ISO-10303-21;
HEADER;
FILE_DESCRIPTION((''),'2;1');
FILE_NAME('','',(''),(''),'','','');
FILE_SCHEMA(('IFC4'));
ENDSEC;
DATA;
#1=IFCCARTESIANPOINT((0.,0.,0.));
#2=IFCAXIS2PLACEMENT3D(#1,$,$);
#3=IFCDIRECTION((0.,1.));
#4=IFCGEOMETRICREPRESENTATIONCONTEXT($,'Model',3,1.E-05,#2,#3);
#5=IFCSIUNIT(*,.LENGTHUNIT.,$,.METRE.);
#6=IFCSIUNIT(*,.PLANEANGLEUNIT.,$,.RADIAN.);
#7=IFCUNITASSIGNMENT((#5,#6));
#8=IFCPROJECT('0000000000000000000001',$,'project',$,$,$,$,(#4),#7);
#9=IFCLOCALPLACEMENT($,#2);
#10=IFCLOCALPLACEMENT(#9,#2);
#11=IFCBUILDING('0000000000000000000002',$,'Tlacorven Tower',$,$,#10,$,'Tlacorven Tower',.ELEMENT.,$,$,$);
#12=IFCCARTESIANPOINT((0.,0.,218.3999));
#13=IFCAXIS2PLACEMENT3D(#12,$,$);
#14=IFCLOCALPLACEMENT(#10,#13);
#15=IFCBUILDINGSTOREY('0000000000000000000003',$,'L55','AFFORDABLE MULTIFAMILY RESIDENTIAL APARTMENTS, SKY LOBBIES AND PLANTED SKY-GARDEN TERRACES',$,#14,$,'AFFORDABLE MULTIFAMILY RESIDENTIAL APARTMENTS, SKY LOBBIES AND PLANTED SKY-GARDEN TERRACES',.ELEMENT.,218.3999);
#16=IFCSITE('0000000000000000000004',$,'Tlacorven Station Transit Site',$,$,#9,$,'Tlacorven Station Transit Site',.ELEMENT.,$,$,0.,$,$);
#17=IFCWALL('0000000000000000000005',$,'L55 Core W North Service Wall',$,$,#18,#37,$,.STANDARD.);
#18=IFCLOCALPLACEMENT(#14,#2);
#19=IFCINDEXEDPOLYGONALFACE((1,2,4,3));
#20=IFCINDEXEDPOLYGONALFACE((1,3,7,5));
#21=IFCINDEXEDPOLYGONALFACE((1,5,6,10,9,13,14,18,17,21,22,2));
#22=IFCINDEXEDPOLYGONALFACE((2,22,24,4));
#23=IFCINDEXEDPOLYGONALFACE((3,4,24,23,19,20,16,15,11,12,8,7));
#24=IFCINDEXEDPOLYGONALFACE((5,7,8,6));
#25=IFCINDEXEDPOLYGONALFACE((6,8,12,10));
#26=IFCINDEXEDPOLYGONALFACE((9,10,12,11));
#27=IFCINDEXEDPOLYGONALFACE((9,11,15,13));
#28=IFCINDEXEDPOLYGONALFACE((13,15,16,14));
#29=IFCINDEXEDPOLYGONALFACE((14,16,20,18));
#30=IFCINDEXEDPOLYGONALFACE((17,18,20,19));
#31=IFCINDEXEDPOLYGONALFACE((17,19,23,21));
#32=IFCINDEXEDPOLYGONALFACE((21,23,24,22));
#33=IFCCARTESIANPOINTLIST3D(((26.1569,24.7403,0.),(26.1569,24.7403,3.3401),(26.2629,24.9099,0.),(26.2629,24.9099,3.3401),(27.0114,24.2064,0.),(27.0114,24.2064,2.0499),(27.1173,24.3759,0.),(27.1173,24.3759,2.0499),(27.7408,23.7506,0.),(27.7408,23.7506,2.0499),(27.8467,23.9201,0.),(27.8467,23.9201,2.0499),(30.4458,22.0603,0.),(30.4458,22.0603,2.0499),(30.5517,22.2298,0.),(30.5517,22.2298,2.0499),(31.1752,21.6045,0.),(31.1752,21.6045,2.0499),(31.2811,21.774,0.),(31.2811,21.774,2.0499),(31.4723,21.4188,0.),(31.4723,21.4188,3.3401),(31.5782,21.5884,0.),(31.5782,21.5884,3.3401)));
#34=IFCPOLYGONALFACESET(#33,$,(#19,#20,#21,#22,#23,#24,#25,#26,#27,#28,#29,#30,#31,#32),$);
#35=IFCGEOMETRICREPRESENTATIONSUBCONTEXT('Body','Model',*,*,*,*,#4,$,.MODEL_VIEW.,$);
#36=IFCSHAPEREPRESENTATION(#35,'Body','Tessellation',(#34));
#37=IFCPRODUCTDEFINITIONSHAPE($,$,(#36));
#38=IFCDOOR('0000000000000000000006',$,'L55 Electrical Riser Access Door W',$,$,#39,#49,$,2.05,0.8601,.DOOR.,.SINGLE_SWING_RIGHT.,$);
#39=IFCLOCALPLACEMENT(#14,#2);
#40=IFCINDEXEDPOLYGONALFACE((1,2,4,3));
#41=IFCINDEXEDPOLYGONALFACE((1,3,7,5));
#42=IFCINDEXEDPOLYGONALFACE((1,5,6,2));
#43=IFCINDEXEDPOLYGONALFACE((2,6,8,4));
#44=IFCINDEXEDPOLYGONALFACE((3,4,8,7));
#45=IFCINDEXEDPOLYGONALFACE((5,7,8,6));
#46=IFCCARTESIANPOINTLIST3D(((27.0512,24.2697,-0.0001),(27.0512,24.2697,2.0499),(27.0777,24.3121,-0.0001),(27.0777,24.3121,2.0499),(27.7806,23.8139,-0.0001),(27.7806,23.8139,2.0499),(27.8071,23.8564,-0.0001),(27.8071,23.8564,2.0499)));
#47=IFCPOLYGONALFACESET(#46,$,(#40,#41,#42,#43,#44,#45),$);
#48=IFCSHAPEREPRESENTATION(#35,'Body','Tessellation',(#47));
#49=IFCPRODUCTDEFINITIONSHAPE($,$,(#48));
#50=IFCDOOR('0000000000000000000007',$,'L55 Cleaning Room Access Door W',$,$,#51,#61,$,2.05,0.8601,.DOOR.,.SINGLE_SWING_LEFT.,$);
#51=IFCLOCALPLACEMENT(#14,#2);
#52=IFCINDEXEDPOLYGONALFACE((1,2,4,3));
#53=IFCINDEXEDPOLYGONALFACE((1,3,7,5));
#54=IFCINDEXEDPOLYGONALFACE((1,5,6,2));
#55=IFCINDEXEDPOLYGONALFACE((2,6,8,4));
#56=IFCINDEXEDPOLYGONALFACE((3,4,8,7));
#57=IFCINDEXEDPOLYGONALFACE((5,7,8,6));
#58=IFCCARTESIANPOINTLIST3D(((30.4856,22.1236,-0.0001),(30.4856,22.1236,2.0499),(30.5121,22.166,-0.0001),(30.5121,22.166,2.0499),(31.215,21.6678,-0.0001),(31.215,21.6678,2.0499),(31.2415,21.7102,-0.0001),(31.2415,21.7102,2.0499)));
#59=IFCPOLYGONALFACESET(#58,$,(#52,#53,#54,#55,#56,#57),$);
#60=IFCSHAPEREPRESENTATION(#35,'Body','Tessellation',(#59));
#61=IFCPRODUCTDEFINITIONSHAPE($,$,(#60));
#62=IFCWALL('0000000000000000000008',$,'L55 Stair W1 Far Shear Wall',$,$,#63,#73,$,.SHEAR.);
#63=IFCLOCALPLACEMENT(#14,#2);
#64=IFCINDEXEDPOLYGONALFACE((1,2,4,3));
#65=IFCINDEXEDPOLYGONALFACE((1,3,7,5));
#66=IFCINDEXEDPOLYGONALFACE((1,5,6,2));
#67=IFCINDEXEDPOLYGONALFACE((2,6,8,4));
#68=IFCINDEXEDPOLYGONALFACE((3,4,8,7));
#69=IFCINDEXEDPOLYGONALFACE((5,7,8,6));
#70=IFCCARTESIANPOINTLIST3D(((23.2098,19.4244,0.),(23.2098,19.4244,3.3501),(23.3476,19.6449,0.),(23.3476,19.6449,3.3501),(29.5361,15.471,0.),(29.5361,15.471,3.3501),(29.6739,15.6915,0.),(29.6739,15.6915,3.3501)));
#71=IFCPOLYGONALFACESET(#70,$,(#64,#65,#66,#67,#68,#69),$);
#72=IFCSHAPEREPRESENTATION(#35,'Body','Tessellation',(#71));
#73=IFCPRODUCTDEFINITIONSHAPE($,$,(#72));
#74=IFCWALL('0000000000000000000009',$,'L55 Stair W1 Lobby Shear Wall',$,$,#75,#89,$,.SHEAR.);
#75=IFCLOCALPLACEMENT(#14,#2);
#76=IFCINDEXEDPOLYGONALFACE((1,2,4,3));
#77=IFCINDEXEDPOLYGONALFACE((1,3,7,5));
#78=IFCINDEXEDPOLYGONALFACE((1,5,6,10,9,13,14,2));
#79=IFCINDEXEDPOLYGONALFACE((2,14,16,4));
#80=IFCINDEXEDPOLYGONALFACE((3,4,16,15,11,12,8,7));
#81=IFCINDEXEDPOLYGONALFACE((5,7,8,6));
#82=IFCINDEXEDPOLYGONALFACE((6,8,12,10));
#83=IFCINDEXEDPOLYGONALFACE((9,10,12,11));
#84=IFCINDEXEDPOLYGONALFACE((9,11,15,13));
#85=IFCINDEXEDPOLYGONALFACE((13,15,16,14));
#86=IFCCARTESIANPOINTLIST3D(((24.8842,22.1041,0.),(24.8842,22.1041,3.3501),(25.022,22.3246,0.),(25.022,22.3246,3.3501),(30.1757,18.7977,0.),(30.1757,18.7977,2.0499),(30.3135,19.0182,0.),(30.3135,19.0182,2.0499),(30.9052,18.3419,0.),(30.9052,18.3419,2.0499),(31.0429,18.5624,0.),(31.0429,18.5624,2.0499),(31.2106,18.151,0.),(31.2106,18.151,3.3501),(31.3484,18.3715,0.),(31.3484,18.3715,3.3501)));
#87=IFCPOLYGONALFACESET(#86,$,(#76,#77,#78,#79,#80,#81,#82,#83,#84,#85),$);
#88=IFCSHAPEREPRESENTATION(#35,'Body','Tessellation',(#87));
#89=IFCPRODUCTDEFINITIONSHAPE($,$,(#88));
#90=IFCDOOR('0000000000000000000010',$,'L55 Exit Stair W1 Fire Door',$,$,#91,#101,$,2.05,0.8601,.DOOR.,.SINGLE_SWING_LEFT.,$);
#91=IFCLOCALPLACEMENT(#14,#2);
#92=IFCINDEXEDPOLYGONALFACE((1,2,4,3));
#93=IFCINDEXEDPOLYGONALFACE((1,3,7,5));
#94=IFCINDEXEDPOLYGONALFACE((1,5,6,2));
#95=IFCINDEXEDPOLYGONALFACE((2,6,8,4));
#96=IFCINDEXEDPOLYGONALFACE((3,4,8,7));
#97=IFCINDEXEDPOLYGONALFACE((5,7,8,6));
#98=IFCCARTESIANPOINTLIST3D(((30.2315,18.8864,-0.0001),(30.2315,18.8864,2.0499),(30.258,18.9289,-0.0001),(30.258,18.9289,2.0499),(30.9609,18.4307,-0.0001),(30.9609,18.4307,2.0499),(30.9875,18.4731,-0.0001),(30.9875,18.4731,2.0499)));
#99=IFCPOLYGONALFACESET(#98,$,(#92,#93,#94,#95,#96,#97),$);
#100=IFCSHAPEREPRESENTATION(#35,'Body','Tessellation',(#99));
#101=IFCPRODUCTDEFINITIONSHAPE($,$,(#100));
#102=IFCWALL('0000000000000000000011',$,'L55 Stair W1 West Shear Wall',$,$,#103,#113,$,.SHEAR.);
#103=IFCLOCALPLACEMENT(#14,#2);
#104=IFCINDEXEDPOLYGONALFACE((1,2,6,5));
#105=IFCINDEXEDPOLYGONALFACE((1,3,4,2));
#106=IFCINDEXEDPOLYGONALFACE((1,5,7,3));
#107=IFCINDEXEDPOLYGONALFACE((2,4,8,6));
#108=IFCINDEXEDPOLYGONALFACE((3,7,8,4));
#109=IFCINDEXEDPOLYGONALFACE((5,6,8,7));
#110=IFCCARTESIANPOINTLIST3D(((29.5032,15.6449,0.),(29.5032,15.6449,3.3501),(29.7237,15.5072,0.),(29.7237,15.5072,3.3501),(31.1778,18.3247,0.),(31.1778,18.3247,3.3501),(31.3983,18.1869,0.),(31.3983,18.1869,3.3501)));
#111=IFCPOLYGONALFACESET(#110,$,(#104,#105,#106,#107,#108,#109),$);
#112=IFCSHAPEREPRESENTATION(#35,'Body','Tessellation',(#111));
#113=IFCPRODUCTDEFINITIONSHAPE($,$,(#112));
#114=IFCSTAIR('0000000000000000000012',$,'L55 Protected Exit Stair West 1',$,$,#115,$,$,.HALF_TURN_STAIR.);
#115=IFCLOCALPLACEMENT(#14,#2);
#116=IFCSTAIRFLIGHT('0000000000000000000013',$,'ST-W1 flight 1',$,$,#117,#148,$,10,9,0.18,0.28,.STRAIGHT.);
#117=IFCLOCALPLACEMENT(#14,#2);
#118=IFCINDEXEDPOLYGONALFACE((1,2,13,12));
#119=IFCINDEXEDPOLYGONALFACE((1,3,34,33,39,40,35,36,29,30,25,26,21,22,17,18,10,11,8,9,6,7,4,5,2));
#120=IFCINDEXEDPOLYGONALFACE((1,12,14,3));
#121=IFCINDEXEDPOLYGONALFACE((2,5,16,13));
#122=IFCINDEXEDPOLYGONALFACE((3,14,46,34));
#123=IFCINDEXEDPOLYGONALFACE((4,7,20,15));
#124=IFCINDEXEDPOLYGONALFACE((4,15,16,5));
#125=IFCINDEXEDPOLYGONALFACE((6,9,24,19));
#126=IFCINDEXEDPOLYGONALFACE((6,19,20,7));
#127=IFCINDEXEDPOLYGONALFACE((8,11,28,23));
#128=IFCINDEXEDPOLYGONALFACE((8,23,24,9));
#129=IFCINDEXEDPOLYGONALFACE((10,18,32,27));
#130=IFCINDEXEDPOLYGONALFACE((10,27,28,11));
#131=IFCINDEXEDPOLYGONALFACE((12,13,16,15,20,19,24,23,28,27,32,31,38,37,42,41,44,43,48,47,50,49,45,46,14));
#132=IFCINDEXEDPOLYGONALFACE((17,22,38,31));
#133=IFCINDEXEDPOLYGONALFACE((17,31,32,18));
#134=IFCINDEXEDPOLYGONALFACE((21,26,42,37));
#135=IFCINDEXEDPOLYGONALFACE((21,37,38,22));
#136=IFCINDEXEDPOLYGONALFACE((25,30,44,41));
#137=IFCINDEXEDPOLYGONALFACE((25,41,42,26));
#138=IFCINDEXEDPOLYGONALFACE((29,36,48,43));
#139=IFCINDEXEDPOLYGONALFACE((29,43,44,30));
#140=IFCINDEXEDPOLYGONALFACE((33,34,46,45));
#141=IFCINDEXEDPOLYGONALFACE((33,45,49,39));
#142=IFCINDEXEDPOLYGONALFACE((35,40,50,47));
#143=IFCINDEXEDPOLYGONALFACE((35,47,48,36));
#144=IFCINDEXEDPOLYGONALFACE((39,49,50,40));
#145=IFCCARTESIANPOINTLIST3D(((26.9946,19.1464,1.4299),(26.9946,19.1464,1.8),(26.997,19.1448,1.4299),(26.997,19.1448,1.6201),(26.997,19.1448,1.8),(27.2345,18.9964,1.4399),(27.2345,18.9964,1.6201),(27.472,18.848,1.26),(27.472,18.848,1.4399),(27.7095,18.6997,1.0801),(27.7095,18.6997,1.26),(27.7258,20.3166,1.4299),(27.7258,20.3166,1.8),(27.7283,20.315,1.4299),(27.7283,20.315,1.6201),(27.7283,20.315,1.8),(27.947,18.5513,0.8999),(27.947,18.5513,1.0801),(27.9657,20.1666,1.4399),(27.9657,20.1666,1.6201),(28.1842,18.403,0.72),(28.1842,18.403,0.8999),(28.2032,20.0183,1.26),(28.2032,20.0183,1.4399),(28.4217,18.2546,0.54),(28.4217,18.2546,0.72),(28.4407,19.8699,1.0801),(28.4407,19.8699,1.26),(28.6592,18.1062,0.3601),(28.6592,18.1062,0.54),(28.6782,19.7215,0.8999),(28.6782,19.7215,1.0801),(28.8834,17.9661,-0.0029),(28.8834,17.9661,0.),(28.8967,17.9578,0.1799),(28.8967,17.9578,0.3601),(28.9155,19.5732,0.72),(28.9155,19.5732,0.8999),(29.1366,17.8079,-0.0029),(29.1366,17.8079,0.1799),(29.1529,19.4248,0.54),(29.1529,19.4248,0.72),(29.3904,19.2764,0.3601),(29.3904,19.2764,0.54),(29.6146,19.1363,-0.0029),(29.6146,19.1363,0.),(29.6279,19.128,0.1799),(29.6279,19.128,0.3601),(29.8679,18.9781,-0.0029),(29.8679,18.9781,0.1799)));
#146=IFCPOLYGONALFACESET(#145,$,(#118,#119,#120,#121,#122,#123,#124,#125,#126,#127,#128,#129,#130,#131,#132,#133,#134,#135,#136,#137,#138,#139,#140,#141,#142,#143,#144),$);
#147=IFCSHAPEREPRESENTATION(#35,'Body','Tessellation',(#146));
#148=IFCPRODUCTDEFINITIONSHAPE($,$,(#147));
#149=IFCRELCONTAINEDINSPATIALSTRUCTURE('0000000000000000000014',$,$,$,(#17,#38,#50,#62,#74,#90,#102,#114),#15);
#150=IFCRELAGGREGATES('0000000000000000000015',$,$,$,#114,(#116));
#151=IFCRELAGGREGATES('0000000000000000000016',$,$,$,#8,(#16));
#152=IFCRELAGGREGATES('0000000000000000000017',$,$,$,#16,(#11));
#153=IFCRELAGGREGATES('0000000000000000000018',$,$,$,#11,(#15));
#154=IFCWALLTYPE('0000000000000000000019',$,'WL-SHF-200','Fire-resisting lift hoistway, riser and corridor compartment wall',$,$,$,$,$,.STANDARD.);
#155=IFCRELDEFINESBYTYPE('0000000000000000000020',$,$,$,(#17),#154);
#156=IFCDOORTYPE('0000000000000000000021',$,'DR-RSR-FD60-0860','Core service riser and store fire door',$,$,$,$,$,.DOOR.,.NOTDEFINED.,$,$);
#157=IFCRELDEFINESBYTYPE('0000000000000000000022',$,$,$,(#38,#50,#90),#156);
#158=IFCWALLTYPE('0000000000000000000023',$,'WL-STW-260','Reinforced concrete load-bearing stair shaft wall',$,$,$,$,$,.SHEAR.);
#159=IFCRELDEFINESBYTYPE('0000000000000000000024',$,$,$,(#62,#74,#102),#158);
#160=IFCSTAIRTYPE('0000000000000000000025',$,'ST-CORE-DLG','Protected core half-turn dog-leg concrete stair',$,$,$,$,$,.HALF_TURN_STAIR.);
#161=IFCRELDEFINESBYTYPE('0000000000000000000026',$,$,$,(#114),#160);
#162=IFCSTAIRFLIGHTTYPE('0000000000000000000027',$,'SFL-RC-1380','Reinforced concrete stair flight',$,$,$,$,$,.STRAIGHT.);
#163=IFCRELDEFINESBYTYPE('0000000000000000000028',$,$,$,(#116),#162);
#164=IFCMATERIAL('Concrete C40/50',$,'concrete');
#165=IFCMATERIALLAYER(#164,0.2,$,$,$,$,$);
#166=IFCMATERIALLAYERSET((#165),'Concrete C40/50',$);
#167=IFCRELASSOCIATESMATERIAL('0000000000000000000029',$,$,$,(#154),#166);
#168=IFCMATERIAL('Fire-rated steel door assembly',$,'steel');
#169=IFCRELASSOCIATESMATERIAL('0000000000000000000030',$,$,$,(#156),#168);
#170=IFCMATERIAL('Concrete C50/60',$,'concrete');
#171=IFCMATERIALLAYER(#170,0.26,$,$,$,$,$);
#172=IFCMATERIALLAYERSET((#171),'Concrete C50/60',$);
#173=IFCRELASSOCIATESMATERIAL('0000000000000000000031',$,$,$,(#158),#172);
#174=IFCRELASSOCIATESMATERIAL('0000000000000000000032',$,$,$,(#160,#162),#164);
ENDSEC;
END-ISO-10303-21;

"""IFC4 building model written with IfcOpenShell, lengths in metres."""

from ifc_helpers import new_model, si_unit, direction, frame, frame_2d, origin, place, context, subcontext, project, spatial, polyline, rectangle, outline, extrude, source, transform, mapped, material, layer, layer_set, type_object, element, fill, aggregate, save


model = new_model("IFC4")

# Units and contexts
model_context = context("Model", 3, precision=1e-05, world=origin(), true_north=direction((0.0, 1.0)))
body_context = subcontext(model_context, "Body", "Model", "MODEL_VIEW")
ifc_project = project(units=[si_unit("LENGTHUNIT", "METRE"), si_unit("PLANEANGLEUNIT", "RADIAN")], contexts=[model_context])

# Site, building, storey
site_placement = place(None, origin())
site = spatial("IfcSite", under=ifc_project, at=site_placement, Name="Tlacorven Station Transit Site", LongName="Tlacorven Station Transit Site", CompositionType="ELEMENT", RefElevation=0.0)
building_placement = place(site_placement, origin())
building = spatial("IfcBuilding", under=site, at=building_placement, Name="Tlacorven Tower", LongName="Tlacorven Tower", CompositionType="ELEMENT")
storey_placement = place(building_placement, frame((0.0, 0.0, 218.3999)))
storey = spatial("IfcBuildingStorey", under=building, at=storey_placement, Name="L55", Description="AFFORDABLE MULTIFAMILY RESIDENTIAL APARTMENTS, SKY LOBBIES AND PLANTED SKY-GARDEN TERRACES", LongName="AFFORDABLE MULTIFAMILY RESIDENTIAL APARTMENTS, SKY LOBBIES AND PLANTED SKY-GARDEN TERRACES", CompositionType="ELEMENT", Elevation=218.3999)

# Shared definitions
ifc_material_1 = material(Name="Concrete C40/50", Category="concrete")
ifc_layer_1 = layer(ifc_material_1, 0.2)
ifc_layer_set_1 = layer_set([ifc_layer_1], Name="Concrete C40/50")
wall_type_1 = type_object("IfcWallType", Name="WL-SHF-200", Description="Fire-resisting lift hoistway, riser and corridor compartment wall", PredefinedType="STANDARD", material=ifc_layer_set_1)

# Wall, openings, doors
wall_1_placement = place(storey_placement, frame((31.5251, 21.5037, 0.0), z_axis=(0.0, 0.0, 1.0), x_axis=(-0.848042, 0.529929, 0.0)))
wall_1 = element("IfcWall", 1, at=wall_1_placement, inside=storey, type_object=wall_type_1, Name="L55 Core W North Service Wall", PredefinedType="STANDARD", context=body_context, shape_type="SweptSolid", body=[
    extrude(rectangle(XDim=6.2678, YDim=0.2, at=frame_2d((3.1338, 0.0))), origin(), (0.0, 0.0, 1.0), 3.3401),
])
opening_1_placement = place(wall_1_placement, frame((4.3999, 0.0, 0.0)))
opening_1 = element("IfcOpeningElement", 2, at=opening_1_placement, cuts=wall_1, PredefinedType="OPENING", context=body_context, shape_type="SweptSolid", body=[
    extrude(rectangle(XDim=0.8601, YDim=2.05, at=frame_2d((0.4302, 1.0249))), frame((0.0, 0.1099, 0.0), z_axis=(0.0, -1.0, 0.0), x_axis=(1.0, 0.0, 0.0)), (0.0, 0.0, 1.0), 0.22),
])
opening_2_placement = place(wall_1_placement, frame((0.3501, 0.0, 0.0)))
opening_2 = element("IfcOpeningElement", 3, at=opening_2_placement, cuts=wall_1, PredefinedType="OPENING", context=body_context, shape_type="SweptSolid", body=[
    extrude(rectangle(XDim=0.8601, YDim=2.05, at=frame_2d((0.4302, 1.0249))), frame((0.0, 0.1099, 0.0), z_axis=(0.0, -1.0, 0.0), x_axis=(1.0, 0.0, 0.0)), (0.0, 0.0, 1.0), 0.22),
])
ifc_material_2 = material(Name="Fire-rated steel door assembly", Category="steel")
door_type_1 = type_object("IfcDoorType", Name="DR-RSR-FD60-0860", Description="Core service riser and store fire door", OperationType="NOTDEFINED", PredefinedType="DOOR", material=ifc_material_2)
shared_shape_1 = source(origin(), body_context, "Body", "SweptSolid", [
    extrude(rectangle(XDim=0.8601, YDim=2.05, at=frame_2d((0.4302, 1.0249))), frame((0.0, 0.0249, 0.0), z_axis=(0.0, -1.0, 0.0), x_axis=(1.0, 0.0, 0.0)), (0.0, 0.0, 1.0), 0.05),
])
door_1_placement = place(opening_1_placement, frame((0.8601, 0.0, 0.0), z_axis=(0.0, 0.0, 1.0), x_axis=(-1.0, 0.0, 0.0)))
door_1 = element("IfcDoor", 4, at=door_1_placement, inside=storey, type_object=door_type_1, Name="L55 Electrical Riser Access Door W", OperationType="SINGLE_SWING_RIGHT", OverallHeight=2.05, OverallWidth=0.8601, PredefinedType="DOOR", context=body_context, shape_type="MappedRepresentation", body=[
    mapped(shared_shape_1, transform((0.0, 0.0, 0.0), scale=1.0)),
])
fill(opening_1, door_1)
door_2_placement = place(opening_2_placement, frame((0.8601, 0.0, 0.0), z_axis=(0.0, 0.0, 1.0), x_axis=(-1.0, 0.0, 0.0)))
door_2 = element("IfcDoor", 5, at=door_2_placement, inside=storey, type_object=door_type_1, Name="L55 Cleaning Room Access Door W", OperationType="SINGLE_SWING_LEFT", OverallHeight=2.05, OverallWidth=0.8601, PredefinedType="DOOR", context=body_context, shape_type="MappedRepresentation", body=[
    mapped(shared_shape_1, transform((0.0, 0.0, 0.0), scale=1.0)),
])
fill(opening_2, door_2)

# Wall
ifc_material_3 = material(Name="Concrete C50/60", Category="concrete")
ifc_layer_2 = layer(ifc_material_3, 0.26)
ifc_layer_set_2 = layer_set([ifc_layer_2], Name="Concrete C50/60")
wall_type_2 = type_object("IfcWallType", Name="WL-STW-260", Description="Reinforced concrete load-bearing stair shaft wall", PredefinedType="SHEAR", material=ifc_layer_set_2)
wall_2_placement = place(storey_placement, frame((29.605, 15.5813, 0.0), z_axis=(0.0, 0.0, 1.0), x_axis=(-0.848037, 0.529937, 0.0)))
element("IfcWall", 6, at=wall_2_placement, inside=storey, type_object=wall_type_2, Name="L55 Stair W1 Far Shear Wall", PredefinedType="SHEAR", context=body_context, shape_type="SweptSolid", body=[
    extrude(rectangle(XDim=7.46, YDim=0.26, at=frame_2d((3.73, 0.0))), origin(), (0.0, 0.0, 1.0), 3.3501),
])

# Wall, opening, door
wall_3_placement = place(storey_placement, frame((31.2795, 18.2612, 0.0), z_axis=(0.0, 0.0, 1.0), x_axis=(-0.848052, 0.529914, 0.0)))
wall_3 = element("IfcWall", 7, at=wall_3_placement, inside=storey, type_object=wall_type_2, Name="L55 Stair W1 Lobby Shear Wall", PredefinedType="SHEAR", context=body_context, shape_type="SweptSolid", body=[
    extrude(rectangle(XDim=7.46, YDim=0.26, at=frame_2d((3.73, 0.0))), origin(), (0.0, 0.0, 1.0), 3.3501),
])
opening_3_placement = place(wall_3_placement, frame((0.3601, 0.0, 0.0)))
opening_3 = element("IfcOpeningElement", 8, at=opening_3_placement, cuts=wall_3, PredefinedType="OPENING", context=body_context, shape_type="SweptSolid", body=[
    extrude(rectangle(XDim=0.8601, YDim=2.05, at=frame_2d((0.4302, 1.0249))), frame((0.0, 0.1401, 0.0), z_axis=(0.0, -1.0, 0.0), x_axis=(1.0, 0.0, 0.0)), (0.0, 0.0, 1.0), 0.28),
])
door_3_placement = place(opening_3_placement, frame((0.8601, 0.0, 0.0), z_axis=(0.0, 0.0, 1.0), x_axis=(-1.0, 0.0, 0.0)))
door_3 = element("IfcDoor", 9, at=door_3_placement, inside=storey, type_object=door_type_1, Name="L55 Exit Stair W1 Fire Door", OperationType="SINGLE_SWING_LEFT", OverallHeight=2.05, OverallWidth=0.8601, PredefinedType="DOOR", context=body_context, shape_type="MappedRepresentation", body=[
    mapped(shared_shape_1, transform((0.0, 0.0, 0.0), scale=1.0)),
])
fill(opening_3, door_3)

# Wall
wall_4_placement = place(storey_placement, frame((31.2881, 18.2559, 0.0), z_axis=(0.0, 0.0, 1.0), x_axis=(-0.529943, -0.848033, 0.0)))
element("IfcWall", 10, at=wall_4_placement, inside=storey, type_object=wall_type_2, Name="L55 Stair W1 West Shear Wall", PredefinedType="SHEAR", context=body_context, shape_type="SweptSolid", body=[
    extrude(rectangle(XDim=3.1599, YDim=0.26, at=frame_2d((1.5801, 0.0))), origin(), (0.0, 0.0, 1.0), 3.3501),
])

# Stair, stair flight
stair_type = type_object("IfcStairType", Name="ST-CORE-DLG", Description="Protected core half-turn dog-leg concrete stair", PredefinedType="HALF_TURN_STAIR", material=ifc_material_1)
stair_placement = place(storey_placement, origin())
stair = element("IfcStair", 11, at=stair_placement, inside=storey, type_object=stair_type, Name="L55 Protected Exit Stair West 1", PredefinedType="HALF_TURN_STAIR")
stair_flight_type = type_object("IfcStairFlightType", Name="SFL-RC-1380", Description="Reinforced concrete stair flight", PredefinedType="STRAIGHT", material=ifc_material_1)
shared_shape_2 = source(origin(), body_context, "Body", "SweptSolid", [
    extrude(outline(polyline([(-0.0029, -0.0029), (-0.0029, 0.1799), (0.28, 0.1799), (0.28, 0.3601), (0.5601, 0.3601), (0.5601, 0.54), (0.8401, 0.54), (0.8401, 0.72), (1.1201, 0.72), (1.1201, 0.8999), (1.3999, 0.8999), (1.3999, 1.0801), (1.6799, 1.0801), (1.6799, 1.26), (1.96, 1.26), (1.96, 1.4399), (2.24, 1.4399), (2.24, 1.6201), (2.52, 1.6201), (2.52, 1.8), (2.5229, 1.8), (2.5229, 1.4299), (2.52, 1.4299), (0.2957, 0.0), (0.2957, -0.0029), (-0.0029, -0.0029)])), frame((0.0, 0.6899, 0.0), z_axis=(0.0, -1.0, 0.0), x_axis=(1.0, 0.0, 0.0)), (0.0, 0.0, 1.0), 1.3799),
])
stair_flight_1_placement = place(storey_placement, frame((29.4998, 18.3945, 0.0), z_axis=(0.0, 0.0, 1.0), x_axis=(-0.848048, 0.529919, 0.0)))
stair_flight_1 = element("IfcStairFlight", 12, at=stair_flight_1_placement, type_object=stair_flight_type, Name="ST-W1 flight 1", NumberOfRisers=10, NumberOfTreads=9, PredefinedType="STRAIGHT", RiserHeight=0.18, TreadLength=0.28, context=body_context, shape_type="MappedRepresentation", body=[
    mapped(shared_shape_2, transform((0.0, 0.0, 0.0), scale=1.0)),
])
aggregate(stair, [stair_flight_1])

save(model, "model.ifc")
